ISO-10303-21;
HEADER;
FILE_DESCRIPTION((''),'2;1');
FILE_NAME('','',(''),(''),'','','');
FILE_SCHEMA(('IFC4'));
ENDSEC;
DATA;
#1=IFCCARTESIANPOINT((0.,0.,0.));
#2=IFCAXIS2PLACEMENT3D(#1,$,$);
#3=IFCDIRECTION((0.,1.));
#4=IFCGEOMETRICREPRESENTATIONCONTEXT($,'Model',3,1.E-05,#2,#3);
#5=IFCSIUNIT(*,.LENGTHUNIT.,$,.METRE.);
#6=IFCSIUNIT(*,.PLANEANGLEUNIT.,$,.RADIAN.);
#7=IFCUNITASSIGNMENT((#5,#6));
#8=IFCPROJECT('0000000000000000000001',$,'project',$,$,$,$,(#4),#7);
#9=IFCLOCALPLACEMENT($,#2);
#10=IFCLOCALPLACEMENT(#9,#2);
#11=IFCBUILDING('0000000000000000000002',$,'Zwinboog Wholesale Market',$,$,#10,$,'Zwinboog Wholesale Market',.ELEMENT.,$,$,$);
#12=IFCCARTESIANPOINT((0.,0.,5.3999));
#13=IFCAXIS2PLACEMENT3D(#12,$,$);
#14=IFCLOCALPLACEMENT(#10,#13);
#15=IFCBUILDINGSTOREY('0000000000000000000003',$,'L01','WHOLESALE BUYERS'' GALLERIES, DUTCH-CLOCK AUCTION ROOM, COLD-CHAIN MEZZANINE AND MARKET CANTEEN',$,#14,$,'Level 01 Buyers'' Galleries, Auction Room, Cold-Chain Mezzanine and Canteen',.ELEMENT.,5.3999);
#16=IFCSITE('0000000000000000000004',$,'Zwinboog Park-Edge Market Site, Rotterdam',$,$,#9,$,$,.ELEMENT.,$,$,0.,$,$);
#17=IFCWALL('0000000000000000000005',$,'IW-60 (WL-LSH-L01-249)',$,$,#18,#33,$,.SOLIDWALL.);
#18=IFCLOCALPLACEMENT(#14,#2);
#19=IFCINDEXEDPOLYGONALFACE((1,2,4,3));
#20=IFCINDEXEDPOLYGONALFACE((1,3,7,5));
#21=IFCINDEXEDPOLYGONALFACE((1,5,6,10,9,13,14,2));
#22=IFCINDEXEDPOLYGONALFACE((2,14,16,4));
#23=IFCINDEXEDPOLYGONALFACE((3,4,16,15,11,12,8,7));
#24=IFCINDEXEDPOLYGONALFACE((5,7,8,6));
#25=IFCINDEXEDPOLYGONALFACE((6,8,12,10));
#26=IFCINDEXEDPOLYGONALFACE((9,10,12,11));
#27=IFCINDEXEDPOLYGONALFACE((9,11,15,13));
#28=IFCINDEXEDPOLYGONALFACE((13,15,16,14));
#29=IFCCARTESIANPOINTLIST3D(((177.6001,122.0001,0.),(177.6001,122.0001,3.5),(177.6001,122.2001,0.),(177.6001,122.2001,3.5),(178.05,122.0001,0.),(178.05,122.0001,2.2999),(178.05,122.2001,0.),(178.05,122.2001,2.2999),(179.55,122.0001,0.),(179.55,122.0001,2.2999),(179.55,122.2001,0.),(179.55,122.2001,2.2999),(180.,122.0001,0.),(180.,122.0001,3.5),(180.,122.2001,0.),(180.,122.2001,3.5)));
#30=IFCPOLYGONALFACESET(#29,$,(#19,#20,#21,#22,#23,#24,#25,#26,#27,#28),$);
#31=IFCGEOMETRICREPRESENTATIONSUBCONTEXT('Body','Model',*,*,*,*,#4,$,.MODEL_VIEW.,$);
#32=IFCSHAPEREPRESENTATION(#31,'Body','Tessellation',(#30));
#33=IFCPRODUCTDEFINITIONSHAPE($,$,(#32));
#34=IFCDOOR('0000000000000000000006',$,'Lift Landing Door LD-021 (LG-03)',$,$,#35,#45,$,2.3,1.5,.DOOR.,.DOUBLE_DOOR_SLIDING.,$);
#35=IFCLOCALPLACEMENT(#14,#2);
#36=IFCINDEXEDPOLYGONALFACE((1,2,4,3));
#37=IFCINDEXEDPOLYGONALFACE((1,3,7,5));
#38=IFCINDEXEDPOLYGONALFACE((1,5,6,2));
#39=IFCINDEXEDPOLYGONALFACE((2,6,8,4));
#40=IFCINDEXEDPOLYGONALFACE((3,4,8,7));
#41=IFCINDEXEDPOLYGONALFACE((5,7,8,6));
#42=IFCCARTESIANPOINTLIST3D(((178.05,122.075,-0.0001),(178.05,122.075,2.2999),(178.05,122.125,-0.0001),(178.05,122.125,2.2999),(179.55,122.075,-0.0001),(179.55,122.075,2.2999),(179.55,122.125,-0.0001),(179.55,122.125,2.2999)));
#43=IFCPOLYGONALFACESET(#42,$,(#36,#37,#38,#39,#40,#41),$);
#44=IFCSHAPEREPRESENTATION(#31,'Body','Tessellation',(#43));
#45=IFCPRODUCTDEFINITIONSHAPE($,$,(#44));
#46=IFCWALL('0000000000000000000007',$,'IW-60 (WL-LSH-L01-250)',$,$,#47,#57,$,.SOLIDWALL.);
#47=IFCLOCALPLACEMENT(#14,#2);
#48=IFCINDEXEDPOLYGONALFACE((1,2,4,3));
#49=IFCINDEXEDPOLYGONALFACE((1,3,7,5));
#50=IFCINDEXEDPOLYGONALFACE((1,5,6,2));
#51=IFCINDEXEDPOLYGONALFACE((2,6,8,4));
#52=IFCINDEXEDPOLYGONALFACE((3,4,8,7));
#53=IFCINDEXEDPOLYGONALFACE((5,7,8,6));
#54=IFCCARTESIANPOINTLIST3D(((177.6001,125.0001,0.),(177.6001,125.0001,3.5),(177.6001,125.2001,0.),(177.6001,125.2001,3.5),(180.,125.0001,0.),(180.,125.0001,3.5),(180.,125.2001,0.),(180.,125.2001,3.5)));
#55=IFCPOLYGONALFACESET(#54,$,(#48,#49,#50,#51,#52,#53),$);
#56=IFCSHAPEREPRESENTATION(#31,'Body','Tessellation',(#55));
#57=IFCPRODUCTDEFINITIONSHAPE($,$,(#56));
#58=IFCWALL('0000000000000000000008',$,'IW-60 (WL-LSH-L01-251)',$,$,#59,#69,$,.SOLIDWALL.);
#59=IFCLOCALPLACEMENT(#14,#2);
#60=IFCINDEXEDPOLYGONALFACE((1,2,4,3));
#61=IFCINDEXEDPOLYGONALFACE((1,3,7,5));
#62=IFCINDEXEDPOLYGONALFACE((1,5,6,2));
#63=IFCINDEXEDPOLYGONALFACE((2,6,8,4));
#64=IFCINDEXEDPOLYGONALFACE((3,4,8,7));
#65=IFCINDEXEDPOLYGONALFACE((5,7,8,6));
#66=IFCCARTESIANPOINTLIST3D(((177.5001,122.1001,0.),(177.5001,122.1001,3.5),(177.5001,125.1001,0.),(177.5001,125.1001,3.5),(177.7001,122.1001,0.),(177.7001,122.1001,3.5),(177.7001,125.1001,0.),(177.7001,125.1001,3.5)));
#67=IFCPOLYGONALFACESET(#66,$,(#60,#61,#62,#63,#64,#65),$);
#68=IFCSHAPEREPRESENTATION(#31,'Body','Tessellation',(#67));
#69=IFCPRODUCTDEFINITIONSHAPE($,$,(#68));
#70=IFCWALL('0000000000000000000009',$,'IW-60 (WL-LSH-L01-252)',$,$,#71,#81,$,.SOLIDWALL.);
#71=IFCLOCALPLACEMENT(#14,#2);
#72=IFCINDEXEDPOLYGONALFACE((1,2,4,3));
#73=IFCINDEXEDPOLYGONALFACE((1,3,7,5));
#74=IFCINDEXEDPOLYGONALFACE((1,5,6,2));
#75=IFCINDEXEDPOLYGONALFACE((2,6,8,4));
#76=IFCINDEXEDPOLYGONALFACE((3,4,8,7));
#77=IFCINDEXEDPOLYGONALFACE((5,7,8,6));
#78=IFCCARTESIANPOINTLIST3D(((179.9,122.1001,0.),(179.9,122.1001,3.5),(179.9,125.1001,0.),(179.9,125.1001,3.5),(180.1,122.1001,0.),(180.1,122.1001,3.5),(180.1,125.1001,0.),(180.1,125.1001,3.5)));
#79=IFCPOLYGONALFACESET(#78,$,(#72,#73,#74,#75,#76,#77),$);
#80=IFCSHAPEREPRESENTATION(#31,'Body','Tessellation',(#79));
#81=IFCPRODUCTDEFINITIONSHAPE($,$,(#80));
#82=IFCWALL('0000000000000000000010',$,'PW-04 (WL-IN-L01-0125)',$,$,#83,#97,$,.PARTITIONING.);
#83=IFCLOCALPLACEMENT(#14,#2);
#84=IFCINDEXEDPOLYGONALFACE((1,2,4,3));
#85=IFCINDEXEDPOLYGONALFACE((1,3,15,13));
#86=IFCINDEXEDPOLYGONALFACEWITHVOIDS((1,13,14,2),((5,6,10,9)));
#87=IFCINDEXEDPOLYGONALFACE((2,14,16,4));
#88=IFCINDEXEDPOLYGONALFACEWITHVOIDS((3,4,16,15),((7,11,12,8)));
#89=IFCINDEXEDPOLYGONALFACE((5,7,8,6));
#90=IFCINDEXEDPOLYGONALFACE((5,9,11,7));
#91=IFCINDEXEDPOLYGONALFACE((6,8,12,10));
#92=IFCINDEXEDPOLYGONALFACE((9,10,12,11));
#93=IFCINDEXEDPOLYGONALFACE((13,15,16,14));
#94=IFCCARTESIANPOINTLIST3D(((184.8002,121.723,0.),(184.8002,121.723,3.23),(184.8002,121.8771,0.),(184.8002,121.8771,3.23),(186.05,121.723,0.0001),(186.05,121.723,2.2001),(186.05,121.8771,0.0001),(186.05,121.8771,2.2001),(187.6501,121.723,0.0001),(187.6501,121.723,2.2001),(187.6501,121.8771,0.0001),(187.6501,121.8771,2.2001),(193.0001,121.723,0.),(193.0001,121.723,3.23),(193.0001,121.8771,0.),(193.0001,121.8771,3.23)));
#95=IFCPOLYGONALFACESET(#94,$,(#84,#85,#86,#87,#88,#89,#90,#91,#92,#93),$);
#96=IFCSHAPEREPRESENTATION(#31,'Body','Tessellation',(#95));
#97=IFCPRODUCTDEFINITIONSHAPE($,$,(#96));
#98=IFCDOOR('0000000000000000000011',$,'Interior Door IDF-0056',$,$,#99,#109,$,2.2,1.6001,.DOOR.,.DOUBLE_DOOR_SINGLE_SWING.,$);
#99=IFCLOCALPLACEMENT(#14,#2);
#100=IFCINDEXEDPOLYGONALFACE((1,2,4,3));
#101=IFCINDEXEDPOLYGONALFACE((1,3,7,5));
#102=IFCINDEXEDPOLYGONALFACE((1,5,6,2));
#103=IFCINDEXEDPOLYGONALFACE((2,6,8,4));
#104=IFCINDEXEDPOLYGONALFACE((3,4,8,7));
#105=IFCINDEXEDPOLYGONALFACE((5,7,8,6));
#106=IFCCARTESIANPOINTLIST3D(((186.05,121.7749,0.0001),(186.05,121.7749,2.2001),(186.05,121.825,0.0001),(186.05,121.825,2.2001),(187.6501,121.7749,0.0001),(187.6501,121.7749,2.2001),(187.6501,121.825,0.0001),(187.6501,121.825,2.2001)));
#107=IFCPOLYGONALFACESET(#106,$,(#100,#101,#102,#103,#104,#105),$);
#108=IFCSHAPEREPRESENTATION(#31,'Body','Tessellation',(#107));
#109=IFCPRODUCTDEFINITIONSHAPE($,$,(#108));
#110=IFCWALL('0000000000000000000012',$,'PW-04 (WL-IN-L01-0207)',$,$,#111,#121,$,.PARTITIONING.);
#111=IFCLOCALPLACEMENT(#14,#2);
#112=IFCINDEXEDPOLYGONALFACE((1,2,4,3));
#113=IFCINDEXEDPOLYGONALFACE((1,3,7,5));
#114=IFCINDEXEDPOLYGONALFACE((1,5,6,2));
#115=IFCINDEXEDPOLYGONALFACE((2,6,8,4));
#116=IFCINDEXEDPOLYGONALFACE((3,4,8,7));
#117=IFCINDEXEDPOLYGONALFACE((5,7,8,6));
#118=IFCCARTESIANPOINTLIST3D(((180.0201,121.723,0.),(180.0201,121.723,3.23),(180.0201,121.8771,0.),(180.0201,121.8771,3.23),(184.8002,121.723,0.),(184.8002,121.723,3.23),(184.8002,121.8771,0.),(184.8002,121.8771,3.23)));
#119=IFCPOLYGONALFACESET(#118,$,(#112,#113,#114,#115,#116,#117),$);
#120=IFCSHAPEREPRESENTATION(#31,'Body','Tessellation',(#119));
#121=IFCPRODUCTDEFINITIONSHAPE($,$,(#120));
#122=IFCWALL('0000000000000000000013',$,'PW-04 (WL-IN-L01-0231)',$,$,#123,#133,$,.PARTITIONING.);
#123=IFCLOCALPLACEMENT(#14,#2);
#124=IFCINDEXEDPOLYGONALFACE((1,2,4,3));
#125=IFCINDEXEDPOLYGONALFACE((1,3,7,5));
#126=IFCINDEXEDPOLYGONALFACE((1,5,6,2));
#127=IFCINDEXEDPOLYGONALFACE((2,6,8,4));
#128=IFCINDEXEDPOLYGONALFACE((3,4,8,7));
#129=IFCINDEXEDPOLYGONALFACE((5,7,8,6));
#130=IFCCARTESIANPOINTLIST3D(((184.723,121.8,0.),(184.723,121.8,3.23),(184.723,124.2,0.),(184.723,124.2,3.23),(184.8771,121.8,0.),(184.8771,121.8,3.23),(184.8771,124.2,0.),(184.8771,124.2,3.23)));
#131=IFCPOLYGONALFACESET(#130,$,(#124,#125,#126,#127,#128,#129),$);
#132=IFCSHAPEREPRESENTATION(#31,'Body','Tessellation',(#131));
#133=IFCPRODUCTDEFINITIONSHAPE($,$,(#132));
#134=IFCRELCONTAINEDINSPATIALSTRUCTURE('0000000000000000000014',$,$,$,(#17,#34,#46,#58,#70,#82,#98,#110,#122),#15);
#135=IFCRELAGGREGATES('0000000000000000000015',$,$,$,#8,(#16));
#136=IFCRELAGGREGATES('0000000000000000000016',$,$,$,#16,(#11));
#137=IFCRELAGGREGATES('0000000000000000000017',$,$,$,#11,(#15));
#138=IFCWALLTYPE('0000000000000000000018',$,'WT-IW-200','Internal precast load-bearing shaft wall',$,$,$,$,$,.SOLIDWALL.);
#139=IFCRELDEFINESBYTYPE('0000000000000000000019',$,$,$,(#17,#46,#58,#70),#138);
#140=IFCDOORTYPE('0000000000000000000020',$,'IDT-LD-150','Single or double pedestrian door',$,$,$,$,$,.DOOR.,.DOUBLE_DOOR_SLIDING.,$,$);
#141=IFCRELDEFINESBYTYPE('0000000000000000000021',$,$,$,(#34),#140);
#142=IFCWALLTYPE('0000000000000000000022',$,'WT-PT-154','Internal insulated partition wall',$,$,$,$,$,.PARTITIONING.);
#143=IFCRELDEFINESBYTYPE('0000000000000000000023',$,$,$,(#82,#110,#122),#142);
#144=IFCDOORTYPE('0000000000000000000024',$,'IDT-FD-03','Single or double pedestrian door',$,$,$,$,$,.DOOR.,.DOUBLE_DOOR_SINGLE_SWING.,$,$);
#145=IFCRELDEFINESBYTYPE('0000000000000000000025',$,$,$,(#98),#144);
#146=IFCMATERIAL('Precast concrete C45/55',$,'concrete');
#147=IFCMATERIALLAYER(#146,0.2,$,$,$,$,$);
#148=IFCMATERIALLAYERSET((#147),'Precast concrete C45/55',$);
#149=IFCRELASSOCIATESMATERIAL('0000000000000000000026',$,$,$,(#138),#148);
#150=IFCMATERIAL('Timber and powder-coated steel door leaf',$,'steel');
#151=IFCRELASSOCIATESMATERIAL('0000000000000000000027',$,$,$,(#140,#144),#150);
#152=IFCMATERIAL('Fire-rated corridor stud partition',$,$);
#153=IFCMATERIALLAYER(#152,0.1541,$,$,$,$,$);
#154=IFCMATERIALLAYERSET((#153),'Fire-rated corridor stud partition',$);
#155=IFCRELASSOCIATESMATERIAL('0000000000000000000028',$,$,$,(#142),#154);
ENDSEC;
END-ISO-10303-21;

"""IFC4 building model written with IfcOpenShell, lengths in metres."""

from ifc_helpers import new_model, si_unit, direction, frame, frame_2d, origin, place, context, subcontext, project, spatial, rectangle, extrude, material, layer, layer_set, type_object, element, fill, save


model = new_model("IFC4")

# Units and contexts
model_context = context("Model", 3, precision=1e-05, world=origin(), true_north=direction((0.0, 1.0)))
body_context = subcontext(model_context, "Body", "Model", "MODEL_VIEW")
ifc_project = project(units=[si_unit("LENGTHUNIT", "METRE"), si_unit("PLANEANGLEUNIT", "RADIAN")], contexts=[model_context])

# Site, building, storey
site_placement = place(None, origin())
site = spatial("IfcSite", under=ifc_project, at=site_placement, Name="Zwinboog Park-Edge Market Site, Rotterdam", CompositionType="ELEMENT", RefElevation=0.0)
building_placement = place(site_placement, origin())
building = spatial("IfcBuilding", under=site, at=building_placement, Name="Zwinboog Wholesale Market", LongName="Zwinboog Wholesale Market", CompositionType="ELEMENT")
storey_placement = place(building_placement, frame((0.0, 0.0, 5.3999)))
storey = spatial("IfcBuildingStorey", under=building, at=storey_placement, Name="L01", Description="WHOLESALE BUYERS' GALLERIES, DUTCH-CLOCK AUCTION ROOM, COLD-CHAIN MEZZANINE AND MARKET CANTEEN", LongName="Level 01 Buyers' Galleries, Auction Room, Cold-Chain Mezzanine and Canteen", CompositionType="ELEMENT", Elevation=5.3999)

# Shared definitions
ifc_material_1 = material(Name="Precast concrete C45/55", Category="concrete")

# Wall, opening, door
ifc_layer_1 = layer(ifc_material_1, 0.2)
ifc_layer_set_1 = layer_set([ifc_layer_1], Name="Precast concrete C45/55")
wall_type_1 = type_object("IfcWallType", Name="WT-IW-200", Description="Internal precast load-bearing shaft wall", PredefinedType="SOLIDWALL", material=ifc_layer_set_1)
wall_1_placement = place(storey_placement, frame((177.6001, 122.1001, 0.0), z_axis=(0.0, 0.0, 1.0), x_axis=(1.0, 0.0, 0.0)))
wall_1 = element("IfcWall", 1, at=wall_1_placement, inside=storey, type_object=wall_type_1, Name="IW-60 (WL-LSH-L01-249)", PredefinedType="SOLIDWALL", context=body_context, shape_type="SweptSolid", body=[
    extrude(rectangle(XDim=2.3999, YDim=0.2, at=frame_2d((1.2, 0.0))), origin(), (0.0, 0.0, 1.0), 3.5),
])
opening_1_placement = place(wall_1_placement, frame((0.45, 0.0, 0.0)))
opening_1 = element("IfcOpeningElement", 2, at=opening_1_placement, cuts=wall_1, PredefinedType="OPENING", context=body_context, shape_type="SweptSolid", body=[
    extrude(rectangle(XDim=1.5, YDim=2.3, at=frame_2d((0.75, 1.1499))), frame((0.0, 0.1099, 0.0), z_axis=(0.0, -1.0, 0.0), x_axis=(1.0, 0.0, 0.0)), (0.0, 0.0, 1.0), 0.22),
])
ifc_material_2 = material(Name="Timber and powder-coated steel door leaf", Category="steel")
door_type_1 = type_object("IfcDoorType", Name="IDT-LD-150", Description="Single or double pedestrian door", OperationType="DOUBLE_DOOR_SLIDING", PredefinedType="DOOR", material=ifc_material_2)
door_1_placement = place(opening_1_placement, origin())
door_1 = element("IfcDoor", 3, at=door_1_placement, inside=storey, type_object=door_type_1, Name="Lift Landing Door LD-021 (LG-03)", OperationType="DOUBLE_DOOR_SLIDING", OverallHeight=2.3, OverallWidth=1.5, PredefinedType="DOOR", context=body_context, shape_type="SweptSolid", body=[
    extrude(rectangle(XDim=1.5, YDim=2.3, at=frame_2d((0.75, 1.1499))), frame((0.0, 0.0249, 0.0), z_axis=(0.0, -1.0, 0.0), x_axis=(1.0, 0.0, 0.0)), (0.0, 0.0, 1.0), 0.05),
])
fill(opening_1, door_1)

# Walls
wall_2_placement = place(storey_placement, frame((177.6001, 125.1001, 0.0), z_axis=(0.0, 0.0, 1.0), x_axis=(1.0, 0.0, 0.0)))
element("IfcWall", 4, at=wall_2_placement, inside=storey, type_object=wall_type_1, Name="IW-60 (WL-LSH-L01-250)", PredefinedType="SOLIDWALL", context=body_context, shape_type="SweptSolid", body=[
    extrude(rectangle(XDim=2.3999, YDim=0.2, at=frame_2d((1.2, 0.0))), origin(), (0.0, 0.0, 1.0), 3.5),
])
for number, where, z_axis, x_axis, name in (
    (5, (177.6001, 122.1001, 0.0), (0.0, 0.0, 1.0), (0.0, 1.0, 0.0), "IW-60 (WL-LSH-L01-251)"),
    (6, (180.0, 122.1001, 0.0), (0.0, 0.0, 1.0), (0.0, 1.0, 0.0), "IW-60 (WL-LSH-L01-252)"),
):
    element("IfcWall", number, at=place(storey_placement, frame(where, z_axis=z_axis, x_axis=x_axis)), inside=storey, type_object=wall_type_1, Name=name, PredefinedType="SOLIDWALL", context=body_context, shape_type="SweptSolid", body=[
        extrude(rectangle(XDim=3.0, YDim=0.2, at=frame_2d((1.5, 0.0))), origin(), (0.0, 0.0, 1.0), 3.5),
    ])

# Wall, opening, door
ifc_material_3 = material(Name="Fire-rated corridor stud partition")
ifc_layer_2 = layer(ifc_material_3, 0.1541)
ifc_layer_set_2 = layer_set([ifc_layer_2], Name="Fire-rated corridor stud partition")
wall_type_2 = type_object("IfcWallType", Name="WT-PT-154", Description="Internal insulated partition wall", PredefinedType="PARTITIONING", material=ifc_layer_set_2)
wall_3_placement = place(storey_placement, frame((184.8, 121.8, 0.0), z_axis=(0.0, 0.0, 1.0), x_axis=(1.0, 0.0, 0.0)))
wall_3 = element("IfcWall", 7, at=wall_3_placement, inside=storey, type_object=wall_type_2, Name="PW-04 (WL-IN-L01-0125)", PredefinedType="PARTITIONING", context=body_context, shape_type="SweptSolid", body=[
    extrude(rectangle(XDim=8.2, YDim=0.1541, at=frame_2d((4.1001, 0.0))), origin(), (0.0, 0.0, 1.0), 3.23),
])
opening_2_placement = place(wall_3_placement, frame((1.25, 0.0, 0.0)))
opening_2 = element("IfcOpeningElement", 8, at=opening_2_placement, cuts=wall_3, PredefinedType="OPENING", context=body_context, shape_type="SweptSolid", body=[
    extrude(rectangle(XDim=1.6001, YDim=2.2, at=frame_2d((0.8, 1.1001))), frame((0.0, 0.0869, 0.0), z_axis=(0.0, -1.0, 0.0), x_axis=(1.0, 0.0, 0.0)), (0.0, 0.0, 1.0), 0.1741),
])
door_type_2 = type_object("IfcDoorType", Name="IDT-FD-03", Description="Single or double pedestrian door", OperationType="DOUBLE_DOOR_SINGLE_SWING", PredefinedType="DOOR", material=ifc_material_2)
door_2_placement = place(opening_2_placement, origin())
door_2 = element("IfcDoor", 9, at=door_2_placement, inside=storey, type_object=door_type_2, Name="Interior Door IDF-0056", OperationType="DOUBLE_DOOR_SINGLE_SWING", OverallHeight=2.2, OverallWidth=1.6001, PredefinedType="DOOR", context=body_context, shape_type="SweptSolid", body=[
    extrude(rectangle(XDim=1.6001, YDim=2.2, at=frame_2d((0.8, 1.1001))), frame((0.0, 0.0249, 0.0), z_axis=(0.0, -1.0, 0.0), x_axis=(1.0, 0.0, 0.0)), (0.0, 0.0, 1.0), 0.05),
])
fill(opening_2, door_2)

# Walls
wall_4_placement = place(storey_placement, frame((180.02, 121.8, 0.0), z_axis=(0.0, 0.0, 1.0), x_axis=(1.0, 0.0, 0.0)))
element("IfcWall", 10, at=wall_4_placement, inside=storey, type_object=wall_type_2, Name="PW-04 (WL-IN-L01-0207)", PredefinedType="PARTITIONING", context=body_context, shape_type="SweptSolid", body=[
    extrude(rectangle(XDim=4.78, YDim=0.1541, at=frame_2d((2.3901, 0.0))), origin(), (0.0, 0.0, 1.0), 3.23),
])
wall_5_placement = place(storey_placement, frame((184.8, 121.8, 0.0), z_axis=(0.0, 0.0, 1.0), x_axis=(0.0, 1.0, 0.0)))
element("IfcWall", 11, at=wall_5_placement, inside=storey, type_object=wall_type_2, Name="PW-04 (WL-IN-L01-0231)", PredefinedType="PARTITIONING", context=body_context, shape_type="SweptSolid", body=[
    extrude(rectangle(XDim=2.3999, YDim=0.1541, at=frame_2d((1.2, 0.0))), origin(), (0.0, 0.0, 1.0), 3.23),
])

save(model, "model.ifc")
